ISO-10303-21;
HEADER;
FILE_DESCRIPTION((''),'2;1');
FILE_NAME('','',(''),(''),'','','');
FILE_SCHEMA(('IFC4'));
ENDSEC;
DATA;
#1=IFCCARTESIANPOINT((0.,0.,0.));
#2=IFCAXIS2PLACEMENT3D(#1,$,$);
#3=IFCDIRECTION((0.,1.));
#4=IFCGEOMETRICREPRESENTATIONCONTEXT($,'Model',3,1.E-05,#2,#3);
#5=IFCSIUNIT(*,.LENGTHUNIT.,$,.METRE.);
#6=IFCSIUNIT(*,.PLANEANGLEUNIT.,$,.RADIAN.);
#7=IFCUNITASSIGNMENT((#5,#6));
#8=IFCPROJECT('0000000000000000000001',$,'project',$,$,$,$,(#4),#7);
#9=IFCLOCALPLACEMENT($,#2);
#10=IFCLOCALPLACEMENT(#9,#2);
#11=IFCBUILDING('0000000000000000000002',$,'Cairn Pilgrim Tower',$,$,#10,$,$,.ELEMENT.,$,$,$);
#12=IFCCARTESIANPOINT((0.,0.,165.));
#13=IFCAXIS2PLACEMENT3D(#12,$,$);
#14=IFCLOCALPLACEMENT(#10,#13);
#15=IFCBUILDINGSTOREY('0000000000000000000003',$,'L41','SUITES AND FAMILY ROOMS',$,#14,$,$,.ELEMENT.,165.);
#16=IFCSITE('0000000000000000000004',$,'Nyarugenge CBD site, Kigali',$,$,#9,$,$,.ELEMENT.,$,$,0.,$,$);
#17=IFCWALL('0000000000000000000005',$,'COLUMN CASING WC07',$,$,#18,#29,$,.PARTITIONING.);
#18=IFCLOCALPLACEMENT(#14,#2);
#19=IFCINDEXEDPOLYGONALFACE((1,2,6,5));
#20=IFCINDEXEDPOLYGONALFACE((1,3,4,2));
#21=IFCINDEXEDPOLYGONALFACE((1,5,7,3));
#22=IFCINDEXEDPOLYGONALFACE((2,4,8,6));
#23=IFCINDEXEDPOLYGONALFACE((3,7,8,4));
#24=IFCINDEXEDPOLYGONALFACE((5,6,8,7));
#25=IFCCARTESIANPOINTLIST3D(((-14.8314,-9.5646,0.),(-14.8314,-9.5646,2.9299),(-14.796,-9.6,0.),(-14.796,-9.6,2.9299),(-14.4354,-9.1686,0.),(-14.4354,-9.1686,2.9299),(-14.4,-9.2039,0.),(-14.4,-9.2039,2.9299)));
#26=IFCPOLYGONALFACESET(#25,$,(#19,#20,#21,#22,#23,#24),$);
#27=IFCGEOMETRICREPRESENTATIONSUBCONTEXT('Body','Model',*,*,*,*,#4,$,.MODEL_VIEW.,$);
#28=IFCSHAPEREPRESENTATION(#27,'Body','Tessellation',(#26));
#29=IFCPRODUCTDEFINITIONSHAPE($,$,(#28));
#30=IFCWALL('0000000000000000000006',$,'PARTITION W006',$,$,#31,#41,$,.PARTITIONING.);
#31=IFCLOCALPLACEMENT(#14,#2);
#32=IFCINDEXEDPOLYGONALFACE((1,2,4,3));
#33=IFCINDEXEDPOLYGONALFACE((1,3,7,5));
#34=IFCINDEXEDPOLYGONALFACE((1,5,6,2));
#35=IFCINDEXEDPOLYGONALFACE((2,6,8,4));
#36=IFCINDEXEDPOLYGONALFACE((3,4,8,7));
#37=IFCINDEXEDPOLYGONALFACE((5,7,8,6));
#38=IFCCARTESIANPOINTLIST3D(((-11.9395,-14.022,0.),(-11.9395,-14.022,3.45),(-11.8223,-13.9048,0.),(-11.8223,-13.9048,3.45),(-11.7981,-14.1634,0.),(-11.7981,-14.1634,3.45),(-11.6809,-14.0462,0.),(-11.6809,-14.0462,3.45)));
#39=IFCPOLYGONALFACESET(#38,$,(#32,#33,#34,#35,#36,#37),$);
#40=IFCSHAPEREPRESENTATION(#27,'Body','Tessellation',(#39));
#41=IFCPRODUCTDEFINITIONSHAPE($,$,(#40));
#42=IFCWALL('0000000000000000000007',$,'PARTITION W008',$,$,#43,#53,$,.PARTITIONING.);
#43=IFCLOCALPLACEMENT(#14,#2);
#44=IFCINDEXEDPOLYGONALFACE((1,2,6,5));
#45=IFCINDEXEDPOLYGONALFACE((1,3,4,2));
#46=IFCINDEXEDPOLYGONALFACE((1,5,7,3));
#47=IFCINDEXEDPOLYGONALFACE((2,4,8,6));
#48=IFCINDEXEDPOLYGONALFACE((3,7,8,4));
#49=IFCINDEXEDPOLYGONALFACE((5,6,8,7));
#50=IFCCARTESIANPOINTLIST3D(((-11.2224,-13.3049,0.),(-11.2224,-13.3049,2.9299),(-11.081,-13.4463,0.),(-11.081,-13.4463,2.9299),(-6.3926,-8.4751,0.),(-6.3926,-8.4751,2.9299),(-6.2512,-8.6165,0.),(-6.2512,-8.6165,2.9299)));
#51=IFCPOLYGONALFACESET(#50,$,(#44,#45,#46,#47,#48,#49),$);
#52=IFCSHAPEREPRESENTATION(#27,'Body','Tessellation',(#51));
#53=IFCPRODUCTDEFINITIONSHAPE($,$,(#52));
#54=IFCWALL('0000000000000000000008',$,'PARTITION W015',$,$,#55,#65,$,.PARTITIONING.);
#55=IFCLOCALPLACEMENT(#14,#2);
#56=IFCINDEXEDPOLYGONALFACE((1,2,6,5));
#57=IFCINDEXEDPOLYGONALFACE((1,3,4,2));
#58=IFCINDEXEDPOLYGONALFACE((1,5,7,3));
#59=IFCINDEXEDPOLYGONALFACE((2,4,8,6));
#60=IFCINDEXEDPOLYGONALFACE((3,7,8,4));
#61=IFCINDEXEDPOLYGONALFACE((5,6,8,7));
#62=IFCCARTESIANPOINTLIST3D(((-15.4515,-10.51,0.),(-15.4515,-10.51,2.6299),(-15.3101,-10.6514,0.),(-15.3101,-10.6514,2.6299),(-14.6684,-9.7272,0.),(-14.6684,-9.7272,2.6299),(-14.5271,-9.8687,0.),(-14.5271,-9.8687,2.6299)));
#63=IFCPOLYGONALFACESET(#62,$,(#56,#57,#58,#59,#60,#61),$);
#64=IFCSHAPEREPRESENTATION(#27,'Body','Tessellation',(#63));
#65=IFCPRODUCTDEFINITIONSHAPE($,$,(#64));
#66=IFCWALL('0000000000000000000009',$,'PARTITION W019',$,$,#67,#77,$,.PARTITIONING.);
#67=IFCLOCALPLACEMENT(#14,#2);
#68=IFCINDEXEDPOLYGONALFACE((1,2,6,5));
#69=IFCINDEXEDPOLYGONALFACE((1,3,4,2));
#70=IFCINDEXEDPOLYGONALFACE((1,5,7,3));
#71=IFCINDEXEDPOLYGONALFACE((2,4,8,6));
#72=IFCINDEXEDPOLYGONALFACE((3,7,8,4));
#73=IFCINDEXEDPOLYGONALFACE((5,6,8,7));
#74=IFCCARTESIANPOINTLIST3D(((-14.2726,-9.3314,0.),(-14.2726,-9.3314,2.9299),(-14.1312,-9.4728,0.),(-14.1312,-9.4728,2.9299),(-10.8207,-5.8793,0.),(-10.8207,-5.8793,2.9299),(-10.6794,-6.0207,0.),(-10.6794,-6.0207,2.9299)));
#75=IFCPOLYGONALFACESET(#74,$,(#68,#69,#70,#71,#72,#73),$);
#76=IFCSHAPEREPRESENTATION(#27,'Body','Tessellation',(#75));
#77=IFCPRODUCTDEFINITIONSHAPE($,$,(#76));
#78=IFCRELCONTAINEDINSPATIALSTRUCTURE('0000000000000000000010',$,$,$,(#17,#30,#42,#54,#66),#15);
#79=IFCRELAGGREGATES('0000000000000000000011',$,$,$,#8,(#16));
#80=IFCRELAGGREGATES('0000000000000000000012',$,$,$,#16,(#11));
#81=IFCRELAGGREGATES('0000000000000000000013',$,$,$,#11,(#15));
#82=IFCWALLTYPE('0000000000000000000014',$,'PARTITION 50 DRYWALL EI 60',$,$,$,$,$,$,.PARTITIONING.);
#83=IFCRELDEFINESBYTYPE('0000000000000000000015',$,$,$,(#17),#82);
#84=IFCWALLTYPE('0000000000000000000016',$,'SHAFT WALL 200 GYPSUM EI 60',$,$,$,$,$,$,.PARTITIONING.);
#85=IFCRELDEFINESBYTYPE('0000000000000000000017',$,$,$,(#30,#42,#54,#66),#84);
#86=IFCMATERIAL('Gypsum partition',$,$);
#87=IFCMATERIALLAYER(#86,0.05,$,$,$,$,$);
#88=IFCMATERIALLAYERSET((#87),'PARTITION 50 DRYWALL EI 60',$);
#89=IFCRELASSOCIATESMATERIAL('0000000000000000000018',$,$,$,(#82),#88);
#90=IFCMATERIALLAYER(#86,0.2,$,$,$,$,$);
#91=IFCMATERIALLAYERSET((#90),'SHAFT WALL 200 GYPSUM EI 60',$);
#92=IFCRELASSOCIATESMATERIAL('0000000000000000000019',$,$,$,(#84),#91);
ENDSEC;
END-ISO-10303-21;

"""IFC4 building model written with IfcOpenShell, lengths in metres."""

from ifc_helpers import new_model, si_unit, direction, frame, frame_2d, origin, place, context, subcontext, project, spatial, rectangle, extrude, material, layer, layer_set, type_object, element, save


model = new_model("IFC4")

# Units and contexts
model_context = context("Model", 3, precision=1e-05, world=origin(), true_north=direction((0.0, 1.0)))
body_context = subcontext(model_context, "Body", "Model", "MODEL_VIEW")
ifc_project = project(units=[si_unit("LENGTHUNIT", "METRE"), si_unit("PLANEANGLEUNIT", "RADIAN")], contexts=[model_context])

# Site, building, storey
site_placement = place(None, origin())
site = spatial("IfcSite", under=ifc_project, at=site_placement, Name="Nyarugenge CBD site, Kigali", CompositionType="ELEMENT", RefElevation=0.0)
building_placement = place(site_placement, origin())
building = spatial("IfcBuilding", under=site, at=building_placement, Name="Cairn Pilgrim Tower", CompositionType="ELEMENT")
storey_placement = place(building_placement, frame((0.0, 0.0, 165.0)))
storey = spatial("IfcBuildingStorey", under=building, at=storey_placement, Name="L41", Description="SUITES AND FAMILY ROOMS", CompositionType="ELEMENT", Elevation=165.0)

# Walls
ifc_material_1 = material(Name="Gypsum partition")
ifc_layer_1 = layer(ifc_material_1, 0.05)
ifc_layer_set_1 = layer_set([ifc_layer_1], Name="PARTITION 50 DRYWALL EI 60")
wall_type_1 = type_object("IfcWallType", Name="PARTITION 50 DRYWALL EI 60", PredefinedType="PARTITIONING", material=ifc_layer_set_1)
wall_1_placement = place(storey_placement, frame((-14.8137, -9.5823, 0.0), z_axis=(0.0, 0.0, 1.0), x_axis=(0.707107, 0.707107, 0.0)))
element("IfcWall", 1, at=wall_1_placement, inside=storey, type_object=wall_type_1, Name="COLUMN CASING WC07", PredefinedType="PARTITIONING", context=body_context, shape_type="SweptSolid", body=[
    extrude(rectangle(XDim=0.5601, YDim=0.05, at=frame_2d((0.28, 0.0))), origin(), (0.0, 0.0, 1.0), 2.9299),
])
ifc_layer_2 = layer(ifc_material_1, 0.2)
ifc_layer_set_2 = layer_set([ifc_layer_2], Name="SHAFT WALL 200 GYPSUM EI 60")
wall_type_2 = type_object("IfcWallType", Name="SHAFT WALL 200 GYPSUM EI 60", PredefinedType="PARTITIONING", material=ifc_layer_set_2)
wall_2_placement = place(storey_placement, frame((-11.8689, -14.0928, 0.0), z_axis=(0.0, 0.0, 1.0), x_axis=(0.707107, 0.707107, 0.0)))
element("IfcWall", 2, at=wall_2_placement, inside=storey, type_object=wall_type_2, Name="PARTITION W006", PredefinedType="PARTITIONING", context=body_context, shape_type="SweptSolid", body=[
    extrude(rectangle(XDim=0.1658, YDim=0.2, at=frame_2d((0.083, 0.0))), origin(), (0.0, 0.0, 1.0), 3.45),
])
wall_3_placement = place(storey_placement, frame((-11.1516, -13.3755, 0.0), z_axis=(0.0, 0.0, 1.0), x_axis=(0.707107, 0.707107, 0.0)))
element("IfcWall", 3, at=wall_3_placement, inside=storey, type_object=wall_type_2, Name="PARTITION W008", PredefinedType="PARTITIONING", context=body_context, shape_type="SweptSolid", body=[
    extrude(rectangle(XDim=6.8303, YDim=0.2, at=frame_2d((3.415, 0.0))), origin(), (0.0, 0.0, 1.0), 2.9299),
])
wall_4_placement = place(storey_placement, frame((-15.3809, -10.5808, 0.0), z_axis=(0.0, 0.0, 1.0), x_axis=(0.707217, 0.706997, 0.0)))
element("IfcWall", 4, at=wall_4_placement, inside=storey, type_object=wall_type_2, Name="PARTITION W015", PredefinedType="PARTITIONING", context=body_context, shape_type="SweptSolid", body=[
    extrude(rectangle(XDim=1.1072, YDim=0.2, at=frame_2d((0.5537, 0.0))), origin(), (0.0, 0.0, 1.0), 2.6299),
])
wall_5_placement = place(storey_placement, frame((-14.2019, -9.4021, 0.0), z_axis=(0.0, 0.0, 1.0), x_axis=(0.707082, 0.707132, 0.0)))
element("IfcWall", 5, at=wall_5_placement, inside=storey, type_object=wall_type_2, Name="PARTITION W019", PredefinedType="PARTITIONING", context=body_context, shape_type="SweptSolid", body=[
    extrude(rectangle(XDim=4.8818, YDim=0.2, at=frame_2d((2.4409, 0.0))), origin(), (0.0, 0.0, 1.0), 2.9299),
])

save(model, "model.ifc")
